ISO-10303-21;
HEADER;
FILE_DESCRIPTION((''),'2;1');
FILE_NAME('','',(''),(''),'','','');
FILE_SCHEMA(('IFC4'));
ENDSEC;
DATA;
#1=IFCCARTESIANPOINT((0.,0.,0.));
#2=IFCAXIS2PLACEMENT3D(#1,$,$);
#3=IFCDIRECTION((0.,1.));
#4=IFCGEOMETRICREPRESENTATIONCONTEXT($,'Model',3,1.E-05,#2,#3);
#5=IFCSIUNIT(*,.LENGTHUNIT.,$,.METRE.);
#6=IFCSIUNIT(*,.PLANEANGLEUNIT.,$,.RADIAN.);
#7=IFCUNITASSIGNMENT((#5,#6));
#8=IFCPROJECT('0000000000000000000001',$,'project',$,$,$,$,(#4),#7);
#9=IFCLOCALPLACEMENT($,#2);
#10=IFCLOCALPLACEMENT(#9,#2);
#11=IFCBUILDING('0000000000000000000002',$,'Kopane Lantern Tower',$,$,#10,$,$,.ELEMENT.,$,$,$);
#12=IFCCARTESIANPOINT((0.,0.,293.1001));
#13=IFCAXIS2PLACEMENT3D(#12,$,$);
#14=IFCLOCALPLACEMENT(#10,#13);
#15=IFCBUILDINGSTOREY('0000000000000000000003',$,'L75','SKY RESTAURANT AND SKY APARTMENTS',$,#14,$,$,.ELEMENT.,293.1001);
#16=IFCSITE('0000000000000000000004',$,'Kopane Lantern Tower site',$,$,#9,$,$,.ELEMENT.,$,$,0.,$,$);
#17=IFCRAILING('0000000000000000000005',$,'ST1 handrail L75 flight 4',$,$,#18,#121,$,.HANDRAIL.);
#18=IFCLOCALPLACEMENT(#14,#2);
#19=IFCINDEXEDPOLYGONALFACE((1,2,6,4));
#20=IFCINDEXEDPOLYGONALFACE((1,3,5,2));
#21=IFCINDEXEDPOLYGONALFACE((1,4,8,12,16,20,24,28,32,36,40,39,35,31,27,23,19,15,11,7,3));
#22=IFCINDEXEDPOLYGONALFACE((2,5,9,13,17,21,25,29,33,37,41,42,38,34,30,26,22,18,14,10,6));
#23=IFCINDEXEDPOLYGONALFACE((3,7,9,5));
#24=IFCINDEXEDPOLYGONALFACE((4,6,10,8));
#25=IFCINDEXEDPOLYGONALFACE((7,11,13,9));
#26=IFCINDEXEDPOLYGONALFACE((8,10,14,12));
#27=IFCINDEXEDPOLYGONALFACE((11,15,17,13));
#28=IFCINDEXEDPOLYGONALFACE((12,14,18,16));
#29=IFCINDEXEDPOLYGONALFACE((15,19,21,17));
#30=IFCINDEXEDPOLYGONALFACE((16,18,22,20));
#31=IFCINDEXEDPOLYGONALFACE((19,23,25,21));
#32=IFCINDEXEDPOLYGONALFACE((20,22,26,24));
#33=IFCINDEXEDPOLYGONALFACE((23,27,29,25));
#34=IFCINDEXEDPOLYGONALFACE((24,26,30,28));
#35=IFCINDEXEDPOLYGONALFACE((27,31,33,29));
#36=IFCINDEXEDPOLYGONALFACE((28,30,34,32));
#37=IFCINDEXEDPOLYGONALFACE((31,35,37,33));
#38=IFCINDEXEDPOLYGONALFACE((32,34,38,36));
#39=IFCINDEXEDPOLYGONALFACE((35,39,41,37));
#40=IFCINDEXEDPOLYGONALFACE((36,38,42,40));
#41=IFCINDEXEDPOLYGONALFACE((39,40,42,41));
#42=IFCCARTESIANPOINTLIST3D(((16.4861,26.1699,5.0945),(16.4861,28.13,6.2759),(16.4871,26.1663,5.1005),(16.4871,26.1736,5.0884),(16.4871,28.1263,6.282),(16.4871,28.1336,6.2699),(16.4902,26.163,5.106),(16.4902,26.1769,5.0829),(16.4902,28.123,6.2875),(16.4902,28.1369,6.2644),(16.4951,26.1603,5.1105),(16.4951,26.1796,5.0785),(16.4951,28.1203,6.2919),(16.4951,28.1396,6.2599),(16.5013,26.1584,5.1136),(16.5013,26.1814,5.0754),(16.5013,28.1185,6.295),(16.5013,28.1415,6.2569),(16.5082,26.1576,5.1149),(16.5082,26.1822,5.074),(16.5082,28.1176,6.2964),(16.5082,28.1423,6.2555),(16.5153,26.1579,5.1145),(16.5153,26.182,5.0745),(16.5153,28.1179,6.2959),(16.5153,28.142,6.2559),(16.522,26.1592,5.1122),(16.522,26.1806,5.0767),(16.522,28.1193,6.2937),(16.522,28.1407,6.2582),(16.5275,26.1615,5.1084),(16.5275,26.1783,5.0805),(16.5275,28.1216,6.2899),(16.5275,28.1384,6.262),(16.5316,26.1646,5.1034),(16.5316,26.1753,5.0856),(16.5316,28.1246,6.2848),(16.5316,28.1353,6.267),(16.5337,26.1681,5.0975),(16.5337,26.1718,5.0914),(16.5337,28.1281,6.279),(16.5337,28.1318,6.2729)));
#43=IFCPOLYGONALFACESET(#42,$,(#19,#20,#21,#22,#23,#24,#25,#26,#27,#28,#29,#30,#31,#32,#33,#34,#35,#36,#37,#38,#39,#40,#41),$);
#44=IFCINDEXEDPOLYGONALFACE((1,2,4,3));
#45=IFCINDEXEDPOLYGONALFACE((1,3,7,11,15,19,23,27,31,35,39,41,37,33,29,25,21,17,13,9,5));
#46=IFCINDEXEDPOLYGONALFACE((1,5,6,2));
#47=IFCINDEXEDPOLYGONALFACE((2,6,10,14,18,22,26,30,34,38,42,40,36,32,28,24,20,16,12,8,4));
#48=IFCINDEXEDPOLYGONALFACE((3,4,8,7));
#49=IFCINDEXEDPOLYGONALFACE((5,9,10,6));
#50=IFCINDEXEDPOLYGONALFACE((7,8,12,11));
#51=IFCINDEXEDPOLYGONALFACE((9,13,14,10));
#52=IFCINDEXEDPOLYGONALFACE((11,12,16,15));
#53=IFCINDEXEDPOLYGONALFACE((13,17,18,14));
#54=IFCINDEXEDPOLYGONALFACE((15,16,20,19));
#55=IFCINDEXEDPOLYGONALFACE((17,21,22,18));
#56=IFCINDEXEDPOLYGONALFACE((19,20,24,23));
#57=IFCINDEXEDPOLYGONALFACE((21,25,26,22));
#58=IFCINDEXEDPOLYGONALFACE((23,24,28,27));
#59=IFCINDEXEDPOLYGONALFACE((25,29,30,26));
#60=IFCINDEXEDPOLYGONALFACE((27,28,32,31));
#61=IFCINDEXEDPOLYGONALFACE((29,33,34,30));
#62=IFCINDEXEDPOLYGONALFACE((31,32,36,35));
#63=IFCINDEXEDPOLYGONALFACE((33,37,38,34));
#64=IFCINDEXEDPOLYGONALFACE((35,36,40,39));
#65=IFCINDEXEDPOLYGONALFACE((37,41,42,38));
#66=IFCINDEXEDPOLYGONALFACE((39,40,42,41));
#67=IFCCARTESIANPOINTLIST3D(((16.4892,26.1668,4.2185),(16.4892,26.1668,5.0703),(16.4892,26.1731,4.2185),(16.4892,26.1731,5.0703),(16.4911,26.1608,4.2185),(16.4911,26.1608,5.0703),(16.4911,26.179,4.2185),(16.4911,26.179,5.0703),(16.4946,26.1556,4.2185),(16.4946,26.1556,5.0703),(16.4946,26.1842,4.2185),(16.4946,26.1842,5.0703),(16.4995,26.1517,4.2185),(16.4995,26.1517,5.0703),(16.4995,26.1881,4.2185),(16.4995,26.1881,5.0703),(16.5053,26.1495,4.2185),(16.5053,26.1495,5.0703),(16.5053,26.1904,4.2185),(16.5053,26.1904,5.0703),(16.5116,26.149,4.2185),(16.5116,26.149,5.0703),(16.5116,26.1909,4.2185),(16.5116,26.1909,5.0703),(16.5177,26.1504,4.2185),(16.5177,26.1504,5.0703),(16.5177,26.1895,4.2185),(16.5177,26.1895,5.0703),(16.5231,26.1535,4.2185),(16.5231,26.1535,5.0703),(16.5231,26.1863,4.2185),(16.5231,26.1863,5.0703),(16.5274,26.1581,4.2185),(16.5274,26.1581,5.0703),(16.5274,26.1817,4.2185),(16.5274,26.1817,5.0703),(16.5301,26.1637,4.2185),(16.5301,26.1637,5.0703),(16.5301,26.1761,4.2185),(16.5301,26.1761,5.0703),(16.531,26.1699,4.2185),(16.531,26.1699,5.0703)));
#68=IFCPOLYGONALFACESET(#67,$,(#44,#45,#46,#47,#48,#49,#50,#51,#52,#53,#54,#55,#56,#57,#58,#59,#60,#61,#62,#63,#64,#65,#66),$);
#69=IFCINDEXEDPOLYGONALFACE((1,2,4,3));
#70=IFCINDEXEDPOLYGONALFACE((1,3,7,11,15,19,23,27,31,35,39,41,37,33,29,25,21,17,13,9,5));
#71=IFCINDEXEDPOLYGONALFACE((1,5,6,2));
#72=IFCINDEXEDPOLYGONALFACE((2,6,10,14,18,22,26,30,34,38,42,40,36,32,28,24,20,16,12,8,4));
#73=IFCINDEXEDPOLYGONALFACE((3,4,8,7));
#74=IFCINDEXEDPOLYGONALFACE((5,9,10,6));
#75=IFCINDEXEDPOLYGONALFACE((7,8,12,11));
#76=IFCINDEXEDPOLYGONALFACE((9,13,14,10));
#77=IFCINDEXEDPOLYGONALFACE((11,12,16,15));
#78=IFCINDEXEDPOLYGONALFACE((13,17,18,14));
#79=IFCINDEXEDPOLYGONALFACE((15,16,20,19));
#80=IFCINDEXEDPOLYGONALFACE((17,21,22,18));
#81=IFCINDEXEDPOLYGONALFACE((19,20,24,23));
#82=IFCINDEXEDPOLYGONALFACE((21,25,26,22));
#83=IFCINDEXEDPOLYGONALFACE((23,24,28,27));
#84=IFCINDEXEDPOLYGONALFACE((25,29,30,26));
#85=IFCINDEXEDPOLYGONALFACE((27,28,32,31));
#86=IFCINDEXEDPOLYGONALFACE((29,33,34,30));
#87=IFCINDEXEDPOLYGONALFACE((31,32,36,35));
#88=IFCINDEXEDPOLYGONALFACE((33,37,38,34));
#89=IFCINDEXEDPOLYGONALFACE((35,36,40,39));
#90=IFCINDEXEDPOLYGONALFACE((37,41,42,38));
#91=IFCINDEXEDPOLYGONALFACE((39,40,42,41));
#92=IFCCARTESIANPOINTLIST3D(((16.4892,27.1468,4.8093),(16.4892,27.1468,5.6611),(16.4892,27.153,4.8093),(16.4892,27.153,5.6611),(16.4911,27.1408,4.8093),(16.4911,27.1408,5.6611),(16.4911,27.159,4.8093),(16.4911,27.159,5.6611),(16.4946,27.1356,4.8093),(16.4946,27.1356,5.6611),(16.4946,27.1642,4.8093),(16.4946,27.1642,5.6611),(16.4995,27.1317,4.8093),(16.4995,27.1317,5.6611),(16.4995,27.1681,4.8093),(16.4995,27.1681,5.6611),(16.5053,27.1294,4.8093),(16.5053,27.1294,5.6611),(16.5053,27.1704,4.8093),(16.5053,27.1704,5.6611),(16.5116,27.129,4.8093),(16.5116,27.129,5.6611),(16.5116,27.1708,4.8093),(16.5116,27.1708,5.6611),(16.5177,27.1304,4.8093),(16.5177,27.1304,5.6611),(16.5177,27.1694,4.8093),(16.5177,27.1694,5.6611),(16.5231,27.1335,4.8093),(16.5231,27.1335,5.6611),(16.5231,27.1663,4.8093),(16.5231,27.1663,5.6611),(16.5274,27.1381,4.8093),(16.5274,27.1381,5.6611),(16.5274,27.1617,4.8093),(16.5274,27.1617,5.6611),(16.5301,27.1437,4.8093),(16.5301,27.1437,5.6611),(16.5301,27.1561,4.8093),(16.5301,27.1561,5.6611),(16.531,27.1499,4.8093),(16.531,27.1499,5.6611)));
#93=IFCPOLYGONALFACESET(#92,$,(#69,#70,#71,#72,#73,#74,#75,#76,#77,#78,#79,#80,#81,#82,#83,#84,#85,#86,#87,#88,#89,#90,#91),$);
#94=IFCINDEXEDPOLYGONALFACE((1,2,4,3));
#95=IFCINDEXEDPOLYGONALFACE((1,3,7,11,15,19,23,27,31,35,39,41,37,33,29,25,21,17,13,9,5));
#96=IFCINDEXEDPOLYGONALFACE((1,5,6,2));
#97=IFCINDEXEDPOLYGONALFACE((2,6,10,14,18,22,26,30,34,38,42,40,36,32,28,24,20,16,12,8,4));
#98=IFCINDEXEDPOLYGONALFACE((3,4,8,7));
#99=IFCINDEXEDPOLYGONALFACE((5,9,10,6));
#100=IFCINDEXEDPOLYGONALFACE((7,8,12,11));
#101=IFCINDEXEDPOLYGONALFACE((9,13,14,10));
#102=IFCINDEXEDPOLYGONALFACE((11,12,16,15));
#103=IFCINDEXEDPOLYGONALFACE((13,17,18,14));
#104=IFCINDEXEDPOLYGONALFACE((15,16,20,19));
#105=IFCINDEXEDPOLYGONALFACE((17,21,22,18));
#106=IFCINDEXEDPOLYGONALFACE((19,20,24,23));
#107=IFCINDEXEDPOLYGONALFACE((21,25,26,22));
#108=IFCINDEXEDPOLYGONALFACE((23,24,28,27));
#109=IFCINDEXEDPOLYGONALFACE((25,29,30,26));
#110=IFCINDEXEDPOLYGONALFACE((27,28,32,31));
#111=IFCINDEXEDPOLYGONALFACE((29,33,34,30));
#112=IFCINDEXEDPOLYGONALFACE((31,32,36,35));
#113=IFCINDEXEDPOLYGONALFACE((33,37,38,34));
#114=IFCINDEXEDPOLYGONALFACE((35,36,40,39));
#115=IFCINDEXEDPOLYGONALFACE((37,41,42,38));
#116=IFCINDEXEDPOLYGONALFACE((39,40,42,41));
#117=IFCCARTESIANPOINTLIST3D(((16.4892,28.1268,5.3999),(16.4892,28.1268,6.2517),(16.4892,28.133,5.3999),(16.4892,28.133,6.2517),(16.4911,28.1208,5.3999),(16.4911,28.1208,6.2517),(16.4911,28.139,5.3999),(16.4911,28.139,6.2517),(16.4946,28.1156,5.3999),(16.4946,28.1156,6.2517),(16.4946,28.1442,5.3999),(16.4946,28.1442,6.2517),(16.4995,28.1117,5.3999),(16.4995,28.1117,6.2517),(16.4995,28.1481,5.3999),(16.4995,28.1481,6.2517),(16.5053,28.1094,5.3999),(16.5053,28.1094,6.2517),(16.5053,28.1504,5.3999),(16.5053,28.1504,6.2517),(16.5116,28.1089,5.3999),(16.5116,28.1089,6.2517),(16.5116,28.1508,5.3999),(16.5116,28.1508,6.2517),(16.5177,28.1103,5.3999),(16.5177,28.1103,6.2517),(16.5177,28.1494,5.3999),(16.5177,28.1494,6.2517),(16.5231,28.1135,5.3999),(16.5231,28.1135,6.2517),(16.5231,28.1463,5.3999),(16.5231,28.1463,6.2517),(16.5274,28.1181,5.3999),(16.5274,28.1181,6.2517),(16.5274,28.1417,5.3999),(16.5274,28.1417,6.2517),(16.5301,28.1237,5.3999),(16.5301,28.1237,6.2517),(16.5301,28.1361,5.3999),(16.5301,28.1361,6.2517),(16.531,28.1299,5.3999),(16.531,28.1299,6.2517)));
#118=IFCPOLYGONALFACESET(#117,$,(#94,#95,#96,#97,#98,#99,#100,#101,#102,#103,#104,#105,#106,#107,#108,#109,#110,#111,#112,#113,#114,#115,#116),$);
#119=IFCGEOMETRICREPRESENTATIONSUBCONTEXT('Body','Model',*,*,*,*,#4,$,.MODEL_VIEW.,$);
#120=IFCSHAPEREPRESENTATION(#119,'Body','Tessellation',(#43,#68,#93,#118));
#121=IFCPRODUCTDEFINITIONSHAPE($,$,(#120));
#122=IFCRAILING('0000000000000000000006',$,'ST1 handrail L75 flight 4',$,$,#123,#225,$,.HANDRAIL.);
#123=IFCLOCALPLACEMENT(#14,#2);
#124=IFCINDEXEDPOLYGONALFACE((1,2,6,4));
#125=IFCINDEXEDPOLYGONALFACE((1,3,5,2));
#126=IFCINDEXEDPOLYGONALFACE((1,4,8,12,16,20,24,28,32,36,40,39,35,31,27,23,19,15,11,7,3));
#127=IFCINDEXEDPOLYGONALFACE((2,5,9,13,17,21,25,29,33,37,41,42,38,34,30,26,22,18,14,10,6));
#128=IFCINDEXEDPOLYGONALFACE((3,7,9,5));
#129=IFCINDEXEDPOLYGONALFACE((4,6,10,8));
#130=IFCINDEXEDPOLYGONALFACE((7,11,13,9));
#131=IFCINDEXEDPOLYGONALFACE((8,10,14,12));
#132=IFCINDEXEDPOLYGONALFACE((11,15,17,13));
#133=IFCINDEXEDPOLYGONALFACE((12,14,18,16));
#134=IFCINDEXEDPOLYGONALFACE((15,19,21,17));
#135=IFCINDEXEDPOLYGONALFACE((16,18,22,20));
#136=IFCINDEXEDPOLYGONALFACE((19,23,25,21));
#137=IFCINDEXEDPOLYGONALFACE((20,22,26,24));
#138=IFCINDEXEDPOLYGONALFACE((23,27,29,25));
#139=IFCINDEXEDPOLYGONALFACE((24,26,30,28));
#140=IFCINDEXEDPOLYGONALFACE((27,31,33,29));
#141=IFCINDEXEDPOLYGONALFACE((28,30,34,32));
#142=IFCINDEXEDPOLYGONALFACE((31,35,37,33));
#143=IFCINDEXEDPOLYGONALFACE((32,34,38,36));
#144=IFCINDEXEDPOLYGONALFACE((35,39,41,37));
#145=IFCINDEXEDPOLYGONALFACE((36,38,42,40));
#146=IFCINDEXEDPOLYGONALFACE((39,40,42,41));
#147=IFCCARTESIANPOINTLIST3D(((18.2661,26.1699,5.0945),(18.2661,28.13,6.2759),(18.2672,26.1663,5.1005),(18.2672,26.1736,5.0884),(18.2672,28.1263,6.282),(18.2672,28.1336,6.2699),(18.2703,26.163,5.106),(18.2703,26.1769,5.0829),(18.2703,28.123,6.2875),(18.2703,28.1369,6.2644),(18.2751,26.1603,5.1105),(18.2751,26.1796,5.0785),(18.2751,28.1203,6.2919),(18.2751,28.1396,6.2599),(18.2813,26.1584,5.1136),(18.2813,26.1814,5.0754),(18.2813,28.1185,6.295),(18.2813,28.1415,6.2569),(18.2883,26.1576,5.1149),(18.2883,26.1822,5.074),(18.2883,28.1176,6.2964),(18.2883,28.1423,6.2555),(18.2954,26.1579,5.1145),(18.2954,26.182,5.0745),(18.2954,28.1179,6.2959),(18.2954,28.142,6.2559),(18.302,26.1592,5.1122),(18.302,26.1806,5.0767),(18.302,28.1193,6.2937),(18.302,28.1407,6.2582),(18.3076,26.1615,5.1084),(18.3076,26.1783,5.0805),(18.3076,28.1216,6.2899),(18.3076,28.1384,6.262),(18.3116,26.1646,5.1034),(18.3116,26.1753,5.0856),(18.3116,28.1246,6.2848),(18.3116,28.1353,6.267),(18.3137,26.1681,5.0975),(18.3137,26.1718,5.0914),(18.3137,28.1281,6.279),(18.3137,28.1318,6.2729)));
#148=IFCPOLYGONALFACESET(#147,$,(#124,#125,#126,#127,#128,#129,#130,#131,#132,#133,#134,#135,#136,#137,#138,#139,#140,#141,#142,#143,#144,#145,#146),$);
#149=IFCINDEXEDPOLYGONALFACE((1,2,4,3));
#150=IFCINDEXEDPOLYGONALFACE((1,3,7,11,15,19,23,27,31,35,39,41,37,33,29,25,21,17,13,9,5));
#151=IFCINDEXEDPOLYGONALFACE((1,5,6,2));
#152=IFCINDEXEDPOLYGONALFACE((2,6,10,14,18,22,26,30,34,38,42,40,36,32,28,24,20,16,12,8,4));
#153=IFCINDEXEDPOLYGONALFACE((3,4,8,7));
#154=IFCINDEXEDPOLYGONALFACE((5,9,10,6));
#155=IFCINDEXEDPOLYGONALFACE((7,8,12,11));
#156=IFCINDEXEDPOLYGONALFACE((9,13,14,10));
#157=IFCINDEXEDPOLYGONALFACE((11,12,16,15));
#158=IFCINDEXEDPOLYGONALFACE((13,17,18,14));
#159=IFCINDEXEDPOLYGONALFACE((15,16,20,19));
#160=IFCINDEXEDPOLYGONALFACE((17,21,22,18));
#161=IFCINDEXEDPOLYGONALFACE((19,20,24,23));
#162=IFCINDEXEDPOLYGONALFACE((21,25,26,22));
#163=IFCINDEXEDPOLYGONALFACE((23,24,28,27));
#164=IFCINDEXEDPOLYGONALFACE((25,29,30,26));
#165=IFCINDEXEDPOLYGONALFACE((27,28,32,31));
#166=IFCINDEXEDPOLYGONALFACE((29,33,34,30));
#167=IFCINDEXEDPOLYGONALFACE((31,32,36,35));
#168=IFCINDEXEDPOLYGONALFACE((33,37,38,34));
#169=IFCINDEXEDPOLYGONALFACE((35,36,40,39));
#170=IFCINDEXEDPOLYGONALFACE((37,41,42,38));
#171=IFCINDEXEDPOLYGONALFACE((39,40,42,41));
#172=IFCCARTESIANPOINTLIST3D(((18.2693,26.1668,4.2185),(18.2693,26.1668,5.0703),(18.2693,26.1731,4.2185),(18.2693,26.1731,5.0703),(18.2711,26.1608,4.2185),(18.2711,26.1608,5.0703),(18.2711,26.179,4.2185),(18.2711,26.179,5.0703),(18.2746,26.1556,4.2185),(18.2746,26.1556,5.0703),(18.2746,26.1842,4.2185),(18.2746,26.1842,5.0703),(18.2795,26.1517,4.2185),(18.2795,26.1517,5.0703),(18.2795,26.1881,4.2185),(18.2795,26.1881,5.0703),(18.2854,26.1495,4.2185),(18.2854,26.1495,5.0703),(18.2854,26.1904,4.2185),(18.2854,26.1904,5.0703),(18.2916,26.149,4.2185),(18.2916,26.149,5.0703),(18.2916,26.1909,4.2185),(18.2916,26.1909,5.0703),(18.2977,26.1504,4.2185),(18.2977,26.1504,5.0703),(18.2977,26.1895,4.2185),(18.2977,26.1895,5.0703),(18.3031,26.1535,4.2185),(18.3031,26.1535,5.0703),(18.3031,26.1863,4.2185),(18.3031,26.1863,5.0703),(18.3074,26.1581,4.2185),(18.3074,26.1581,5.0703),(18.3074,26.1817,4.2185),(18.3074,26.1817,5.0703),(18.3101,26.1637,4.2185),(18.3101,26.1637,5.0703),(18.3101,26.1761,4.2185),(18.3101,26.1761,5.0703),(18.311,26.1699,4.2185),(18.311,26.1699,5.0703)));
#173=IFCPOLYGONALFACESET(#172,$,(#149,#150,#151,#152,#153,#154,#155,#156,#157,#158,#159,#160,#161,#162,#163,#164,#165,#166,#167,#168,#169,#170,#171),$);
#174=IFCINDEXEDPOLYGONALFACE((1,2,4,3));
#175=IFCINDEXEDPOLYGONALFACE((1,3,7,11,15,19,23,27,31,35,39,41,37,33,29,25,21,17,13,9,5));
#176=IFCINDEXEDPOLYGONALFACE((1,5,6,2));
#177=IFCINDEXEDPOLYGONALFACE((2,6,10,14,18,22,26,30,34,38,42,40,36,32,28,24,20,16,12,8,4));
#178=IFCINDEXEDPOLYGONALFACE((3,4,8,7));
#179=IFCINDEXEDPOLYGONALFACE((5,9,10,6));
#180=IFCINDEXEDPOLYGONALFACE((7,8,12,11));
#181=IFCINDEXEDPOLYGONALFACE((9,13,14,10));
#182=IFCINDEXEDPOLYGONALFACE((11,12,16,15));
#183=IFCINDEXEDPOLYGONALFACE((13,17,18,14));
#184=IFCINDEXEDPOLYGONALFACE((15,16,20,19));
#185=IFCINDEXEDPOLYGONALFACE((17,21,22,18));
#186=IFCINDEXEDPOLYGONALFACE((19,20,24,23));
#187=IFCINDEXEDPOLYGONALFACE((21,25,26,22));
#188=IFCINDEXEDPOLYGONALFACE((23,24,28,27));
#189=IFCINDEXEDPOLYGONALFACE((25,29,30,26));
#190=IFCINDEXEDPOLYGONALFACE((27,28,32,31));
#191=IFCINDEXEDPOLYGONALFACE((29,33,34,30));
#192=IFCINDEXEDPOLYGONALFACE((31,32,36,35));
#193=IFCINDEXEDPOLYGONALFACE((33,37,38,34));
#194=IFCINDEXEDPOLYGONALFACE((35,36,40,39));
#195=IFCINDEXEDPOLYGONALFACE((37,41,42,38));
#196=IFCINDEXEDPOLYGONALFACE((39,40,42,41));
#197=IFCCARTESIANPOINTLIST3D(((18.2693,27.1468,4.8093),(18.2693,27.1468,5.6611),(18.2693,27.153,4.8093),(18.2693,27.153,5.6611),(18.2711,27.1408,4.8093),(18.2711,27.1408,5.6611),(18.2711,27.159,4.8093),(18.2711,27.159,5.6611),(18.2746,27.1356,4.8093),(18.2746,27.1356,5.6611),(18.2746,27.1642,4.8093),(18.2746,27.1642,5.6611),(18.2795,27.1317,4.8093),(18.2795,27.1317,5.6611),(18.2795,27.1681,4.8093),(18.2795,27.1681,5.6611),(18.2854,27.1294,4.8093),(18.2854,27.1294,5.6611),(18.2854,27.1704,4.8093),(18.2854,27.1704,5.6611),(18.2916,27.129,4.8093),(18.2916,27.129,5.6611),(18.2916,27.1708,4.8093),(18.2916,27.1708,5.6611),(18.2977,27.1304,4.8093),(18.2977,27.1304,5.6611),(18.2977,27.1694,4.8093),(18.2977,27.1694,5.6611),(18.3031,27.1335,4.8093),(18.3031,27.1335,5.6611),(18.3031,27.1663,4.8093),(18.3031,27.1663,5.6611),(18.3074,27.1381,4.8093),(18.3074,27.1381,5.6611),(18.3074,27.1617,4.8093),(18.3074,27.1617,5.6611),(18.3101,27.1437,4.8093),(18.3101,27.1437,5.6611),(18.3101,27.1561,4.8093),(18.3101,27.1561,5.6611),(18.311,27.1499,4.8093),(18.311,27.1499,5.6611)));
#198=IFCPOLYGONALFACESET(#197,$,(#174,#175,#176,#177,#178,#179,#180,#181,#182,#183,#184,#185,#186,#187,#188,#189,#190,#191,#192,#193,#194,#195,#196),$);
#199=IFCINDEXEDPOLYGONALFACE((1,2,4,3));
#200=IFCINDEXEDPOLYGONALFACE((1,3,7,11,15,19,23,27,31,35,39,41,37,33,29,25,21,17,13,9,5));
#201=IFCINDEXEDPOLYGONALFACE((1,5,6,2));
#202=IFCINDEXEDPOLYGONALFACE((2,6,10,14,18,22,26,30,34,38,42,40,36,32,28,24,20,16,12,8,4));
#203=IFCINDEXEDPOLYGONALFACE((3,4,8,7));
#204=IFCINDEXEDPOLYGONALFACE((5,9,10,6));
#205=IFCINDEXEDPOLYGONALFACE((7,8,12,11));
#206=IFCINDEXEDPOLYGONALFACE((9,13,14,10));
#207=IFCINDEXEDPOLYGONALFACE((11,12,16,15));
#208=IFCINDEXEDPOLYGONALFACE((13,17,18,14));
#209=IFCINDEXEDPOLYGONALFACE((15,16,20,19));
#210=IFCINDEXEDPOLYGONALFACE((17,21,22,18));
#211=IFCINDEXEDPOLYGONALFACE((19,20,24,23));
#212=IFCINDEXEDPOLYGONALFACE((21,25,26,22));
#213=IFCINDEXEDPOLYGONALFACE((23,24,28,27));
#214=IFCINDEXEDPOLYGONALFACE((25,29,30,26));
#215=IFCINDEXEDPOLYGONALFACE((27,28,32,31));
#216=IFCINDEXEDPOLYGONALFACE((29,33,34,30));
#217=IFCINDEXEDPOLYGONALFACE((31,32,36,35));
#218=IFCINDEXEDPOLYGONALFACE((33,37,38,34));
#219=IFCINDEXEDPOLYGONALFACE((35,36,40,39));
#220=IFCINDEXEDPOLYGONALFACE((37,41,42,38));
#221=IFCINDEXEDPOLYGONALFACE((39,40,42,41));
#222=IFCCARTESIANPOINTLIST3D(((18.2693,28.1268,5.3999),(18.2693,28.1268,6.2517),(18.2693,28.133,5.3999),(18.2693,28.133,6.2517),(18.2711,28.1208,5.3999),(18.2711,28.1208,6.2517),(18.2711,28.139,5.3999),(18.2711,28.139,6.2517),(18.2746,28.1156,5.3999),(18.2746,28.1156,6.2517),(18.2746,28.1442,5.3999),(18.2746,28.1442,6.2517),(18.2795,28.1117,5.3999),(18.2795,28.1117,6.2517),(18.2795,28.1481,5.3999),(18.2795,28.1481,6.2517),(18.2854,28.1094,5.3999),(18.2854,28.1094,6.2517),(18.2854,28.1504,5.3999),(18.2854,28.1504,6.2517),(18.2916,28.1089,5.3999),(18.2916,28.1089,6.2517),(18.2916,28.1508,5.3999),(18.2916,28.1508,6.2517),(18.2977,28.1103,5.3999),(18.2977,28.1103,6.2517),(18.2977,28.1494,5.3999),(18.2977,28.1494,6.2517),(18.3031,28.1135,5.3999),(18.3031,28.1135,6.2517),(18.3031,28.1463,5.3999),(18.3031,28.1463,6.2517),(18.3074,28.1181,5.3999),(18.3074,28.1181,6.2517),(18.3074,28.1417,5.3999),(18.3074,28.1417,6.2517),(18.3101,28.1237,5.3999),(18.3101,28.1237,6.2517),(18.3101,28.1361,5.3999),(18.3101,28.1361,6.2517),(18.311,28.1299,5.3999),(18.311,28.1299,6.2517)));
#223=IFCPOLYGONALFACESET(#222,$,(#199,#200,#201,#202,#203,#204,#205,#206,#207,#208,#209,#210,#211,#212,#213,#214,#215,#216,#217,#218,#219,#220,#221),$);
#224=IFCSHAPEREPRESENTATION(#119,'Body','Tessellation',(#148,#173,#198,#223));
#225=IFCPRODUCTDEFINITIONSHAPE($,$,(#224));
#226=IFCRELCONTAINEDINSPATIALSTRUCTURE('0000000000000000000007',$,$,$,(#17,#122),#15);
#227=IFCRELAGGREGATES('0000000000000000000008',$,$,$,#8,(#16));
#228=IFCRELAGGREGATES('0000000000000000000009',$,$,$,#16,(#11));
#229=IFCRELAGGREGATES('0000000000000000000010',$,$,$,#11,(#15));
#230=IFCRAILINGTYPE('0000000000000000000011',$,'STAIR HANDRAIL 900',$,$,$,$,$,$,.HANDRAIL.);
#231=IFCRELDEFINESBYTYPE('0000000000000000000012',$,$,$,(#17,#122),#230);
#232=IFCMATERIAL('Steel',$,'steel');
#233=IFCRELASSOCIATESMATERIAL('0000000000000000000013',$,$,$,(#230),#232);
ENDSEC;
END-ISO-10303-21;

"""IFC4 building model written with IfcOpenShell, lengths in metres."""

from ifc_helpers import new_model, si_unit, direction, frame, origin, origin_2d, place, context, subcontext, project, spatial, circle, extrude, material, type_object, element, save


model = new_model("IFC4")

# Units and contexts
model_context = context("Model", 3, precision=1e-05, world=origin(), true_north=direction((0.0, 1.0)))
body_context = subcontext(model_context, "Body", "Model", "MODEL_VIEW")
ifc_project = project(units=[si_unit("LENGTHUNIT", "METRE"), si_unit("PLANEANGLEUNIT", "RADIAN")], contexts=[model_context])

# Site, building, storey
site_placement = place(None, origin())
site = spatial("IfcSite", under=ifc_project, at=site_placement, Name="Kopane Lantern Tower site", CompositionType="ELEMENT", RefElevation=0.0)
building_placement = place(site_placement, origin())
building = spatial("IfcBuilding", under=site, at=building_placement, Name="Kopane Lantern Tower", CompositionType="ELEMENT")
storey_placement = place(building_placement, frame((0.0, 0.0, 293.1001)))
storey = spatial("IfcBuildingStorey", under=building, at=storey_placement, Name="L75", Description="SKY RESTAURANT AND SKY APARTMENTS", CompositionType="ELEMENT", Elevation=293.1001)

# Railings
ifc_material_1 = material(Name="Steel", Category="steel")
railing_type_1 = type_object("IfcRailingType", Name="STAIR HANDRAIL 900", PredefinedType="HANDRAIL", material=ifc_material_1)
for number, where, name in (
    (1, (16.51, 26.1699, 4.2185), "ST1 handrail L75 flight 4"),
    (2, (18.29, 26.1699, 4.2185), "ST1 handrail L75 flight 4"),
):
    element("IfcRailing", number, at=place(storey_placement, frame(where)), inside=storey, type_object=railing_type_1, Name=name, PredefinedType="HANDRAIL", context=body_context, shape_type="SweptSolid", body=[
        extrude(circle(Radius=0.0239, at=origin_2d()), frame((0.0, 0.0, 0.876), z_axis=(0.0, 0.856446, 0.516236), x_axis=(-1.0, 0.0, 0.0)), (0.0, 0.0, 1.0), 2.2886),
        extrude(circle(Radius=0.021, at=origin_2d()), origin(), (0.0, 0.0, 1.0), 0.8518),
        extrude(circle(Radius=0.021, at=origin_2d()), frame((0.0, 0.98, 0.5908)), (0.0, 0.0, 1.0), 0.8518),
        extrude(circle(Radius=0.021, at=origin_2d()), frame((0.0, 1.96, 1.1814)), (0.0, 0.0, 1.0), 0.8518),
    ])

save(model, "model.ifc")
